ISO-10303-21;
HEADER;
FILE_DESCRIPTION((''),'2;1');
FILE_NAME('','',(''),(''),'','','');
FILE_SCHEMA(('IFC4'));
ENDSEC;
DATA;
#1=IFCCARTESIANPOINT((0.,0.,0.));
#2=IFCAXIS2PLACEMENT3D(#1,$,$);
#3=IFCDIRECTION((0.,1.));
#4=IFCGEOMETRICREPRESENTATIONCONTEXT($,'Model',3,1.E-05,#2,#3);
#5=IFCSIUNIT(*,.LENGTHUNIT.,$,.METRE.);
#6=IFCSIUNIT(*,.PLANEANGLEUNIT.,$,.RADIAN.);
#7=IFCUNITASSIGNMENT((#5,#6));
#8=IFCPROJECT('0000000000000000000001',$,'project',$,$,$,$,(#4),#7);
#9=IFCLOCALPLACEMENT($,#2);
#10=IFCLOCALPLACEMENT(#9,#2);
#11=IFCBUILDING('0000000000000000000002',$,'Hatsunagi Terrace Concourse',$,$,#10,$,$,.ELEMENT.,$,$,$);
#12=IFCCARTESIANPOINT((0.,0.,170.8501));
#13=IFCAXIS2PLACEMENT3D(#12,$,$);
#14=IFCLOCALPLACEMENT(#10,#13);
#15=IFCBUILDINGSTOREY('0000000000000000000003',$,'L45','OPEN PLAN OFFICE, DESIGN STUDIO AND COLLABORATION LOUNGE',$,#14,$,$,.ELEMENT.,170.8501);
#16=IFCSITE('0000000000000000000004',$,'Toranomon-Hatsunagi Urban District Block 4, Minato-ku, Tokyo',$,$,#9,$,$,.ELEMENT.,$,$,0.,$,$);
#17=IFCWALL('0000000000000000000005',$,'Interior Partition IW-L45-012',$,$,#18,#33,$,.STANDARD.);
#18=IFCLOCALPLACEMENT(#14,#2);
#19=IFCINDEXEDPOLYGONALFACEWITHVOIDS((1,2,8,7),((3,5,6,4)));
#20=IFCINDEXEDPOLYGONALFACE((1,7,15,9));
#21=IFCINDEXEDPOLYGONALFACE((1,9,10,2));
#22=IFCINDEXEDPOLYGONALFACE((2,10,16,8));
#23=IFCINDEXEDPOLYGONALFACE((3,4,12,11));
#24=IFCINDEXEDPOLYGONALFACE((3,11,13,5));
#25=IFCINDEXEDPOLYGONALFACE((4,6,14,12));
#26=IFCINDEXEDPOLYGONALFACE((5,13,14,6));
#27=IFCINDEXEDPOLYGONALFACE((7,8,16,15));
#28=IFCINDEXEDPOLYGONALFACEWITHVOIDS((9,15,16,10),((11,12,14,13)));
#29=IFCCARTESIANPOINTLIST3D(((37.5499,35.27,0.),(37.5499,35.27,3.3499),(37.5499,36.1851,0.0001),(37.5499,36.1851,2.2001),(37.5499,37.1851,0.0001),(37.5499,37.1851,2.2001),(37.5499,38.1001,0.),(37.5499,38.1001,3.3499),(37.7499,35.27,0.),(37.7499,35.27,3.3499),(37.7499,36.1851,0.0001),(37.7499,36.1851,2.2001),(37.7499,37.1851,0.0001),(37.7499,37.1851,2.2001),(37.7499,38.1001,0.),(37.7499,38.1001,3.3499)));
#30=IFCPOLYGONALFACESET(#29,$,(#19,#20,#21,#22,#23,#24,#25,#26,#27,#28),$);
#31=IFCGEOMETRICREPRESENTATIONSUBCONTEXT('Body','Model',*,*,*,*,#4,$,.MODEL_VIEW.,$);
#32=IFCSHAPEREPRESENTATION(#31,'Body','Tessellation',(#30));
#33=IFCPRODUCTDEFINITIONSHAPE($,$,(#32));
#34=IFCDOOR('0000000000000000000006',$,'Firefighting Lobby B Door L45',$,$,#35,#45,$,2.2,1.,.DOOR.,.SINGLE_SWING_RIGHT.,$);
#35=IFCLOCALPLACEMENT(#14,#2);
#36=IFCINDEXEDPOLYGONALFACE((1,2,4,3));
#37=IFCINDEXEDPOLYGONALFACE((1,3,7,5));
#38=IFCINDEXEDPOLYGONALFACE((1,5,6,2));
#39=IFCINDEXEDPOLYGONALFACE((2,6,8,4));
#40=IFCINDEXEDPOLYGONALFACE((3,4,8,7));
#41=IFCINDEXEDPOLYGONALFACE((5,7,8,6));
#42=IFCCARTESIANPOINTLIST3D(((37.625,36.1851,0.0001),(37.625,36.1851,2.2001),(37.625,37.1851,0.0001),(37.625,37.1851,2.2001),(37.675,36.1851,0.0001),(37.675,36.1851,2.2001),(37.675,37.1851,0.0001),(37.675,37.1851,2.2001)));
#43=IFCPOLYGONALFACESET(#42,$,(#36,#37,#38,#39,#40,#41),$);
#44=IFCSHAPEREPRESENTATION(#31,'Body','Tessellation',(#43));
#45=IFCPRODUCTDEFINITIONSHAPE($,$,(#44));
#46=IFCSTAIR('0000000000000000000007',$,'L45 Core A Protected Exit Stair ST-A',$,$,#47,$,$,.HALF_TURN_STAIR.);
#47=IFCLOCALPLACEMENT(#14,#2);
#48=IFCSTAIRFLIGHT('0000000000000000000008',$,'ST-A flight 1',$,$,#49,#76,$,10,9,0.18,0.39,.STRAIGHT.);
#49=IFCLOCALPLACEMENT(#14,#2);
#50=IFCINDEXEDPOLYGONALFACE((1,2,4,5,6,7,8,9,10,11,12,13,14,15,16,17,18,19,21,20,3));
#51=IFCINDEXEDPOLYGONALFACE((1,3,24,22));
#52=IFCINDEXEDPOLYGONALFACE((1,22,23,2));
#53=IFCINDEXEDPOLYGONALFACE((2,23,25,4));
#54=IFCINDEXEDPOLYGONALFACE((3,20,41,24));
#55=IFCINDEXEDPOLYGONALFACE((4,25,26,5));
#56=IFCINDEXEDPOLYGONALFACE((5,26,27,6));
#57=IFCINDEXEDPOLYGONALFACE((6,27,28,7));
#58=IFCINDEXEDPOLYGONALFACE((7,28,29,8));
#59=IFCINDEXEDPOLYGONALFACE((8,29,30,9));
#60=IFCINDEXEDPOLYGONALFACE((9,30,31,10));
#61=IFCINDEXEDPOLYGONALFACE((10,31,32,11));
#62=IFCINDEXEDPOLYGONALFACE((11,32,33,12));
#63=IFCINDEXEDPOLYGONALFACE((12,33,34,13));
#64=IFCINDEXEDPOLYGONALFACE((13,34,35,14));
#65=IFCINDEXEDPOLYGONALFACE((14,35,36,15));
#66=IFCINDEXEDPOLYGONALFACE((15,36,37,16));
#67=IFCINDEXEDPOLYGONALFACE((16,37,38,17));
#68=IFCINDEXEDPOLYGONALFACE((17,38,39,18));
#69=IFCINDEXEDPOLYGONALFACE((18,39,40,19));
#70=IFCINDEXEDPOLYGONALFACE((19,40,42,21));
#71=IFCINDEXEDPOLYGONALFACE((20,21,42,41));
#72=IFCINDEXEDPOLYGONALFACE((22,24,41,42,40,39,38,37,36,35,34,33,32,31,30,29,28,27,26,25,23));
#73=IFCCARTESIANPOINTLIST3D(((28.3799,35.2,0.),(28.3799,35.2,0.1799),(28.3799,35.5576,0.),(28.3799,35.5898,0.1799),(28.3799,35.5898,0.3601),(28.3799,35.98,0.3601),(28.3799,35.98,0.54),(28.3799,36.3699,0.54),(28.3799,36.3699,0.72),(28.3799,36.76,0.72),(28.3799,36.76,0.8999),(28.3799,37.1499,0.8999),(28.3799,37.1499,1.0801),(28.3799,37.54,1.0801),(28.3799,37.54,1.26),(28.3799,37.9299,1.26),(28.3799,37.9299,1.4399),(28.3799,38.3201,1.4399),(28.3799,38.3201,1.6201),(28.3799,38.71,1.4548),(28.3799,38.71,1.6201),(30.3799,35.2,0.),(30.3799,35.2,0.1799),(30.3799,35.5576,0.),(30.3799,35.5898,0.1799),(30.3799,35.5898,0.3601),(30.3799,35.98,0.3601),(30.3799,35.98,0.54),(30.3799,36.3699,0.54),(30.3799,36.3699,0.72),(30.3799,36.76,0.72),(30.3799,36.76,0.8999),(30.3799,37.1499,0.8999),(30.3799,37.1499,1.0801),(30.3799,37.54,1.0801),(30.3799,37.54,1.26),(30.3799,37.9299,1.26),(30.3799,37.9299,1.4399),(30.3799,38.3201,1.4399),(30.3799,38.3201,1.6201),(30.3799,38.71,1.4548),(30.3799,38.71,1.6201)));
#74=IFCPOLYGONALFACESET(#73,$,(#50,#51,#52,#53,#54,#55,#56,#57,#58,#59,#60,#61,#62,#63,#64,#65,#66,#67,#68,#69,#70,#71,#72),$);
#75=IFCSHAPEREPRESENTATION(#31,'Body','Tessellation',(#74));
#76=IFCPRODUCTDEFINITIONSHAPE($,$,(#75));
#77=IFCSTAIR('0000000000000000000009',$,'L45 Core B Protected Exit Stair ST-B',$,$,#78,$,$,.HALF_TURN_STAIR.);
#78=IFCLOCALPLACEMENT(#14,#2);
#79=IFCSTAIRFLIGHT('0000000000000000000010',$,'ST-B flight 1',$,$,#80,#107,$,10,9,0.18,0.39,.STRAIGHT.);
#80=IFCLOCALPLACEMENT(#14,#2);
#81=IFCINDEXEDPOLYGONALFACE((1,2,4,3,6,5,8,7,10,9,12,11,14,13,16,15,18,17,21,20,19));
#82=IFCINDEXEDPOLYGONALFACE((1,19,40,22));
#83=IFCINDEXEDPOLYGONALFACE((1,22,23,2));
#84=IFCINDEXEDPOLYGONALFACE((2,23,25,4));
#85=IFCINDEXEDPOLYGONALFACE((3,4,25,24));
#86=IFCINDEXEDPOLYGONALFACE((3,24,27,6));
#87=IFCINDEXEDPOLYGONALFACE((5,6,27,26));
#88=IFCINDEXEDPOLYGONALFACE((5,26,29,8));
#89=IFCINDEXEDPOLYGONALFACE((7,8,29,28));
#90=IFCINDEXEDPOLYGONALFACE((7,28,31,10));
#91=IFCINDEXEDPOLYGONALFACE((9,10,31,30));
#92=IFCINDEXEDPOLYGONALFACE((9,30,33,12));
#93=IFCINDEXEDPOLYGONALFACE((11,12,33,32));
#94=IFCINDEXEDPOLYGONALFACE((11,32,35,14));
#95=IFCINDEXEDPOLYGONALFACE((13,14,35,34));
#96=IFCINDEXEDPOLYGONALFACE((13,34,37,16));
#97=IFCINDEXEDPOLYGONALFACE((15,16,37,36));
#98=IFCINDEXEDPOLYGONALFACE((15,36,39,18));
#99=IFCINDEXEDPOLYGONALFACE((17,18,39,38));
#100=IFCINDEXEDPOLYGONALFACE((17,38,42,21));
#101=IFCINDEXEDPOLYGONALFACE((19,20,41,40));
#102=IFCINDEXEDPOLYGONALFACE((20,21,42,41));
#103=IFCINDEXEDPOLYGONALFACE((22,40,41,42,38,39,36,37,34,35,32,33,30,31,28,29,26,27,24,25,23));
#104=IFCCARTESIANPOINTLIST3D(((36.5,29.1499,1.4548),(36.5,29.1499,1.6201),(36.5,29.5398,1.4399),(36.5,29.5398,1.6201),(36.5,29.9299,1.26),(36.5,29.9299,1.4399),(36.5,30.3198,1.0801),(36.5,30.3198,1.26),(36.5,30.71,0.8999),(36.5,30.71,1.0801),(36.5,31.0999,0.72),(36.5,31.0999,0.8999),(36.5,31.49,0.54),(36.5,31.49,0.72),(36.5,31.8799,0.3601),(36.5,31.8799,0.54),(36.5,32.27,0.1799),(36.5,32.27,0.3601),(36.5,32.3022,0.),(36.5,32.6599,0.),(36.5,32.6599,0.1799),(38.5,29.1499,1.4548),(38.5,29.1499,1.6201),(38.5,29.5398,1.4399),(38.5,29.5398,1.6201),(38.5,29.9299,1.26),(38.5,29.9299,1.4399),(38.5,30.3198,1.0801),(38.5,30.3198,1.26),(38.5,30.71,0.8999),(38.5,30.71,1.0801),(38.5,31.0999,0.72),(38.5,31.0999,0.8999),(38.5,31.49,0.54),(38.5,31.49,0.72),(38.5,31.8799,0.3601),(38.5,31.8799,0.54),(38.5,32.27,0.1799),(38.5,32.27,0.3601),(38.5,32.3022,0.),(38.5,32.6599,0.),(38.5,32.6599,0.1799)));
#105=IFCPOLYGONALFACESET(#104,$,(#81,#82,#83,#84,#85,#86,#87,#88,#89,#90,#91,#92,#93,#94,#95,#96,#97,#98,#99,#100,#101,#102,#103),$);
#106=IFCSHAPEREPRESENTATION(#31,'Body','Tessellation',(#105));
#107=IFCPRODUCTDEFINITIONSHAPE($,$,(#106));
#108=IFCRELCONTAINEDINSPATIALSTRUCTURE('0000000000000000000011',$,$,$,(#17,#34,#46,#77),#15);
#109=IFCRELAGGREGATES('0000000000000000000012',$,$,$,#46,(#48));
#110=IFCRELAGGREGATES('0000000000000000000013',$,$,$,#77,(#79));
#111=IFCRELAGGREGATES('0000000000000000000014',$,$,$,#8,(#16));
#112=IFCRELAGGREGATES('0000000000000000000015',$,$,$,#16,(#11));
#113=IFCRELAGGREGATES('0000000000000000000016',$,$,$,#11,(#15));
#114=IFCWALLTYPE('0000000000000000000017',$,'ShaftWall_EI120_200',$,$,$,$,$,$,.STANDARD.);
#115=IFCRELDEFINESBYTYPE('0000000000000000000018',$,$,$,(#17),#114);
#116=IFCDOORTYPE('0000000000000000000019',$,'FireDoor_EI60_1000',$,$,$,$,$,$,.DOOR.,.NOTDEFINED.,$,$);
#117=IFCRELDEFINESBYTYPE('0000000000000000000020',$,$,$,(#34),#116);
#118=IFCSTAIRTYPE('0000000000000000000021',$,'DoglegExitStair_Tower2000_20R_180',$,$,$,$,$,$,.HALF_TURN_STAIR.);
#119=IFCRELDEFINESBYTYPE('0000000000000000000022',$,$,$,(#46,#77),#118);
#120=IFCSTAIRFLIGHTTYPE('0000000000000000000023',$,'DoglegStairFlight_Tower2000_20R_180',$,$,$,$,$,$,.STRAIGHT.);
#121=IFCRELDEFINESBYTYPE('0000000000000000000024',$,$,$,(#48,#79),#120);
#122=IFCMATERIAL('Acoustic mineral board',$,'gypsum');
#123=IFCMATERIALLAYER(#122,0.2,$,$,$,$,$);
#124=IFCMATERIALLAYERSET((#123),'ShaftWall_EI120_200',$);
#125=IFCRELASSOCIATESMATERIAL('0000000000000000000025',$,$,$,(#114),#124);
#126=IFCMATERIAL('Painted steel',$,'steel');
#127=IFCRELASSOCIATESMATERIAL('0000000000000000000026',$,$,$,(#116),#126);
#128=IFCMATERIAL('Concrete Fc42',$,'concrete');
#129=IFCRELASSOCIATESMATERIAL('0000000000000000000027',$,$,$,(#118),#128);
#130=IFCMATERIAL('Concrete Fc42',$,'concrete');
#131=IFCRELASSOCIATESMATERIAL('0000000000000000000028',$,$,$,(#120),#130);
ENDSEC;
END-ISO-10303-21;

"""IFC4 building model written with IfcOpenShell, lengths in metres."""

from ifc_helpers import new_model, si_unit, direction, frame, frame_2d, origin, place, context, subcontext, project, spatial, polyline, rectangle, outline, extrude, material, layer, layer_set, type_object, element, fill, aggregate, save


model = new_model("IFC4")

# Units and contexts
model_context = context("Model", 3, precision=1e-05, world=origin(), true_north=direction((0.0, 1.0)))
body_context = subcontext(model_context, "Body", "Model", "MODEL_VIEW")
ifc_project = project(units=[si_unit("LENGTHUNIT", "METRE"), si_unit("PLANEANGLEUNIT", "RADIAN")], contexts=[model_context])

# Site, building, storey
site_placement = place(None, origin())
site = spatial("IfcSite", under=ifc_project, at=site_placement, Name="Toranomon-Hatsunagi Urban District Block 4, Minato-ku, Tokyo", CompositionType="ELEMENT", RefElevation=0.0)
building_placement = place(site_placement, origin())
building = spatial("IfcBuilding", under=site, at=building_placement, Name="Hatsunagi Terrace Concourse", CompositionType="ELEMENT")
storey_placement = place(building_placement, frame((0.0, 0.0, 170.8501)))
storey = spatial("IfcBuildingStorey", under=building, at=storey_placement, Name="L45", Description="OPEN PLAN OFFICE, DESIGN STUDIO AND COLLABORATION LOUNGE", CompositionType="ELEMENT", Elevation=170.8501)

# Wall, opening, door
ifc_material_1 = material(Name="Acoustic mineral board", Category="gypsum")
ifc_layer_1 = layer(ifc_material_1, 0.2)
ifc_layer_set_1 = layer_set([ifc_layer_1], Name="ShaftWall_EI120_200")
wall_type_1 = type_object("IfcWallType", Name="ShaftWall_EI120_200", PredefinedType="STANDARD", material=ifc_layer_set_1)
ifc_material_2 = material(Name="Painted steel", Category="steel")
door_type_1 = type_object("IfcDoorType", Name="FireDoor_EI60_1000", OperationType="NOTDEFINED", PredefinedType="DOOR", material=ifc_material_2)
wall_1_placement = place(storey_placement, frame((37.6499, 35.27, 0.0), z_axis=(0.0, 0.0, 1.0), x_axis=(0.0, 1.0, 0.0)))
wall_1 = element("IfcWall", 1, at=wall_1_placement, inside=storey, type_object=wall_type_1, Name="Interior Partition IW-L45-012", PredefinedType="STANDARD", context=body_context, shape_type="SweptSolid", body=[
    extrude(rectangle(XDim=2.8301, YDim=0.2, at=frame_2d((1.415, 0.0))), origin(), (0.0, 0.0, 1.0), 3.3499),
])
opening_1_placement = place(wall_1_placement, frame((0.915, 0.0, 0.0)))
opening_1 = element("IfcOpeningElement", 2, at=opening_1_placement, cuts=wall_1, PredefinedType="OPENING", context=body_context, shape_type="SweptSolid", body=[
    extrude(rectangle(XDim=1.0, YDim=2.2, at=frame_2d((0.5, 1.1001))), frame((0.0, 0.1099, 0.0), z_axis=(0.0, -1.0, 0.0), x_axis=(1.0, 0.0, 0.0)), (0.0, 0.0, 1.0), 0.22),
])
door_1_placement = place(opening_1_placement, origin())
door_1 = element("IfcDoor", 3, at=door_1_placement, inside=storey, type_object=door_type_1, Name="Firefighting Lobby B Door L45", OperationType="SINGLE_SWING_RIGHT", OverallHeight=2.2, OverallWidth=1.0, PredefinedType="DOOR", context=body_context, shape_type="SweptSolid", body=[
    extrude(rectangle(XDim=1.0, YDim=2.2, at=frame_2d((0.5, 1.1001))), frame((0.0, 0.0249, 0.0), z_axis=(0.0, -1.0, 0.0), x_axis=(1.0, 0.0, 0.0)), (0.0, 0.0, 1.0), 0.05),
])
fill(opening_1, door_1)

# Stairs, stair flights
ifc_material_3 = material(Name="Concrete Fc42", Category="concrete")
stair_type = type_object("IfcStairType", Name="DoglegExitStair_Tower2000_20R_180", PredefinedType="HALF_TURN_STAIR", material=ifc_material_3)
stair_1_placement = place(storey_placement, origin())
stair_1 = element("IfcStair", 4, at=stair_1_placement, inside=storey, type_object=stair_type, Name="L45 Core A Protected Exit Stair ST-A", PredefinedType="HALF_TURN_STAIR")
ifc_material_4 = material(Name="Concrete Fc42", Category="concrete")
stair_flight_type = type_object("IfcStairFlightType", Name="DoglegStairFlight_Tower2000_20R_180", PredefinedType="STRAIGHT", material=ifc_material_4)
stair_flight_1_placement = place(storey_placement, frame((29.3799, 35.2, 0.0), z_axis=(0.0, 0.0, 1.0), x_axis=(0.0, 1.0, 0.0)))
stair_flight_1 = element("IfcStairFlight", 5, at=stair_flight_1_placement, type_object=stair_flight_type, Name="ST-A flight 1", NumberOfRisers=10, NumberOfTreads=9, PredefinedType="STRAIGHT", RiserHeight=0.18, TreadLength=0.39, context=body_context, shape_type="SweptSolid", body=[
    extrude(outline(polyline([(0.0, 0.0), (0.0, 0.1799), (0.3899, 0.1799), (0.3899, 0.3601), (0.78, 0.3601), (0.78, 0.54), (1.1699, 0.54), (1.1699, 0.72), (1.5601, 0.72), (1.5601, 0.8999), (1.95, 0.8999), (1.95, 1.0801), (2.3401, 1.0801), (2.3401, 1.26), (2.73, 1.26), (2.73, 1.4399), (3.1201, 1.4399), (3.1201, 1.6201), (3.51, 1.6201), (3.51, 1.8), (3.51, 1.4548), (0.3577, 0.0), (0.0, 0.0)])), frame((0.0, 1.0, 0.0), z_axis=(0.0, -1.0, 0.0), x_axis=(1.0, 0.0, 0.0)), (0.0, 0.0, 1.0), 2.0),
])
aggregate(stair_1, [stair_flight_1])
stair_2_placement = place(storey_placement, origin())
stair_2 = element("IfcStair", 6, at=stair_2_placement, inside=storey, type_object=stair_type, Name="L45 Core B Protected Exit Stair ST-B", PredefinedType="HALF_TURN_STAIR")
stair_flight_2_placement = place(storey_placement, frame((37.5, 32.6599, 0.0), z_axis=(0.0, 0.0, 1.0), x_axis=(0.0, -1.0, 0.0)))
stair_flight_2 = element("IfcStairFlight", 7, at=stair_flight_2_placement, type_object=stair_flight_type, Name="ST-B flight 1", NumberOfRisers=10, NumberOfTreads=9, PredefinedType="STRAIGHT", RiserHeight=0.18, TreadLength=0.39, context=body_context, shape_type="SweptSolid", body=[
    extrude(outline(polyline([(0.0, 0.0), (0.0, 0.1799), (0.3899, 0.1799), (0.3899, 0.3601), (0.78, 0.3601), (0.78, 0.54), (1.1699, 0.54), (1.1699, 0.72), (1.5601, 0.72), (1.5601, 0.8999), (1.95, 0.8999), (1.95, 1.0801), (2.3401, 1.0801), (2.3401, 1.26), (2.73, 1.26), (2.73, 1.4399), (3.1201, 1.4399), (3.1201, 1.6201), (3.51, 1.6201), (3.51, 1.8), (3.51, 1.4548), (0.3577, 0.0), (0.0, 0.0)])), frame((0.0, 1.0, 0.0), z_axis=(0.0, -1.0, 0.0), x_axis=(1.0, 0.0, 0.0)), (0.0, 0.0, 1.0), 2.0),
])
aggregate(stair_2, [stair_flight_2])

save(model, "model.ifc")
